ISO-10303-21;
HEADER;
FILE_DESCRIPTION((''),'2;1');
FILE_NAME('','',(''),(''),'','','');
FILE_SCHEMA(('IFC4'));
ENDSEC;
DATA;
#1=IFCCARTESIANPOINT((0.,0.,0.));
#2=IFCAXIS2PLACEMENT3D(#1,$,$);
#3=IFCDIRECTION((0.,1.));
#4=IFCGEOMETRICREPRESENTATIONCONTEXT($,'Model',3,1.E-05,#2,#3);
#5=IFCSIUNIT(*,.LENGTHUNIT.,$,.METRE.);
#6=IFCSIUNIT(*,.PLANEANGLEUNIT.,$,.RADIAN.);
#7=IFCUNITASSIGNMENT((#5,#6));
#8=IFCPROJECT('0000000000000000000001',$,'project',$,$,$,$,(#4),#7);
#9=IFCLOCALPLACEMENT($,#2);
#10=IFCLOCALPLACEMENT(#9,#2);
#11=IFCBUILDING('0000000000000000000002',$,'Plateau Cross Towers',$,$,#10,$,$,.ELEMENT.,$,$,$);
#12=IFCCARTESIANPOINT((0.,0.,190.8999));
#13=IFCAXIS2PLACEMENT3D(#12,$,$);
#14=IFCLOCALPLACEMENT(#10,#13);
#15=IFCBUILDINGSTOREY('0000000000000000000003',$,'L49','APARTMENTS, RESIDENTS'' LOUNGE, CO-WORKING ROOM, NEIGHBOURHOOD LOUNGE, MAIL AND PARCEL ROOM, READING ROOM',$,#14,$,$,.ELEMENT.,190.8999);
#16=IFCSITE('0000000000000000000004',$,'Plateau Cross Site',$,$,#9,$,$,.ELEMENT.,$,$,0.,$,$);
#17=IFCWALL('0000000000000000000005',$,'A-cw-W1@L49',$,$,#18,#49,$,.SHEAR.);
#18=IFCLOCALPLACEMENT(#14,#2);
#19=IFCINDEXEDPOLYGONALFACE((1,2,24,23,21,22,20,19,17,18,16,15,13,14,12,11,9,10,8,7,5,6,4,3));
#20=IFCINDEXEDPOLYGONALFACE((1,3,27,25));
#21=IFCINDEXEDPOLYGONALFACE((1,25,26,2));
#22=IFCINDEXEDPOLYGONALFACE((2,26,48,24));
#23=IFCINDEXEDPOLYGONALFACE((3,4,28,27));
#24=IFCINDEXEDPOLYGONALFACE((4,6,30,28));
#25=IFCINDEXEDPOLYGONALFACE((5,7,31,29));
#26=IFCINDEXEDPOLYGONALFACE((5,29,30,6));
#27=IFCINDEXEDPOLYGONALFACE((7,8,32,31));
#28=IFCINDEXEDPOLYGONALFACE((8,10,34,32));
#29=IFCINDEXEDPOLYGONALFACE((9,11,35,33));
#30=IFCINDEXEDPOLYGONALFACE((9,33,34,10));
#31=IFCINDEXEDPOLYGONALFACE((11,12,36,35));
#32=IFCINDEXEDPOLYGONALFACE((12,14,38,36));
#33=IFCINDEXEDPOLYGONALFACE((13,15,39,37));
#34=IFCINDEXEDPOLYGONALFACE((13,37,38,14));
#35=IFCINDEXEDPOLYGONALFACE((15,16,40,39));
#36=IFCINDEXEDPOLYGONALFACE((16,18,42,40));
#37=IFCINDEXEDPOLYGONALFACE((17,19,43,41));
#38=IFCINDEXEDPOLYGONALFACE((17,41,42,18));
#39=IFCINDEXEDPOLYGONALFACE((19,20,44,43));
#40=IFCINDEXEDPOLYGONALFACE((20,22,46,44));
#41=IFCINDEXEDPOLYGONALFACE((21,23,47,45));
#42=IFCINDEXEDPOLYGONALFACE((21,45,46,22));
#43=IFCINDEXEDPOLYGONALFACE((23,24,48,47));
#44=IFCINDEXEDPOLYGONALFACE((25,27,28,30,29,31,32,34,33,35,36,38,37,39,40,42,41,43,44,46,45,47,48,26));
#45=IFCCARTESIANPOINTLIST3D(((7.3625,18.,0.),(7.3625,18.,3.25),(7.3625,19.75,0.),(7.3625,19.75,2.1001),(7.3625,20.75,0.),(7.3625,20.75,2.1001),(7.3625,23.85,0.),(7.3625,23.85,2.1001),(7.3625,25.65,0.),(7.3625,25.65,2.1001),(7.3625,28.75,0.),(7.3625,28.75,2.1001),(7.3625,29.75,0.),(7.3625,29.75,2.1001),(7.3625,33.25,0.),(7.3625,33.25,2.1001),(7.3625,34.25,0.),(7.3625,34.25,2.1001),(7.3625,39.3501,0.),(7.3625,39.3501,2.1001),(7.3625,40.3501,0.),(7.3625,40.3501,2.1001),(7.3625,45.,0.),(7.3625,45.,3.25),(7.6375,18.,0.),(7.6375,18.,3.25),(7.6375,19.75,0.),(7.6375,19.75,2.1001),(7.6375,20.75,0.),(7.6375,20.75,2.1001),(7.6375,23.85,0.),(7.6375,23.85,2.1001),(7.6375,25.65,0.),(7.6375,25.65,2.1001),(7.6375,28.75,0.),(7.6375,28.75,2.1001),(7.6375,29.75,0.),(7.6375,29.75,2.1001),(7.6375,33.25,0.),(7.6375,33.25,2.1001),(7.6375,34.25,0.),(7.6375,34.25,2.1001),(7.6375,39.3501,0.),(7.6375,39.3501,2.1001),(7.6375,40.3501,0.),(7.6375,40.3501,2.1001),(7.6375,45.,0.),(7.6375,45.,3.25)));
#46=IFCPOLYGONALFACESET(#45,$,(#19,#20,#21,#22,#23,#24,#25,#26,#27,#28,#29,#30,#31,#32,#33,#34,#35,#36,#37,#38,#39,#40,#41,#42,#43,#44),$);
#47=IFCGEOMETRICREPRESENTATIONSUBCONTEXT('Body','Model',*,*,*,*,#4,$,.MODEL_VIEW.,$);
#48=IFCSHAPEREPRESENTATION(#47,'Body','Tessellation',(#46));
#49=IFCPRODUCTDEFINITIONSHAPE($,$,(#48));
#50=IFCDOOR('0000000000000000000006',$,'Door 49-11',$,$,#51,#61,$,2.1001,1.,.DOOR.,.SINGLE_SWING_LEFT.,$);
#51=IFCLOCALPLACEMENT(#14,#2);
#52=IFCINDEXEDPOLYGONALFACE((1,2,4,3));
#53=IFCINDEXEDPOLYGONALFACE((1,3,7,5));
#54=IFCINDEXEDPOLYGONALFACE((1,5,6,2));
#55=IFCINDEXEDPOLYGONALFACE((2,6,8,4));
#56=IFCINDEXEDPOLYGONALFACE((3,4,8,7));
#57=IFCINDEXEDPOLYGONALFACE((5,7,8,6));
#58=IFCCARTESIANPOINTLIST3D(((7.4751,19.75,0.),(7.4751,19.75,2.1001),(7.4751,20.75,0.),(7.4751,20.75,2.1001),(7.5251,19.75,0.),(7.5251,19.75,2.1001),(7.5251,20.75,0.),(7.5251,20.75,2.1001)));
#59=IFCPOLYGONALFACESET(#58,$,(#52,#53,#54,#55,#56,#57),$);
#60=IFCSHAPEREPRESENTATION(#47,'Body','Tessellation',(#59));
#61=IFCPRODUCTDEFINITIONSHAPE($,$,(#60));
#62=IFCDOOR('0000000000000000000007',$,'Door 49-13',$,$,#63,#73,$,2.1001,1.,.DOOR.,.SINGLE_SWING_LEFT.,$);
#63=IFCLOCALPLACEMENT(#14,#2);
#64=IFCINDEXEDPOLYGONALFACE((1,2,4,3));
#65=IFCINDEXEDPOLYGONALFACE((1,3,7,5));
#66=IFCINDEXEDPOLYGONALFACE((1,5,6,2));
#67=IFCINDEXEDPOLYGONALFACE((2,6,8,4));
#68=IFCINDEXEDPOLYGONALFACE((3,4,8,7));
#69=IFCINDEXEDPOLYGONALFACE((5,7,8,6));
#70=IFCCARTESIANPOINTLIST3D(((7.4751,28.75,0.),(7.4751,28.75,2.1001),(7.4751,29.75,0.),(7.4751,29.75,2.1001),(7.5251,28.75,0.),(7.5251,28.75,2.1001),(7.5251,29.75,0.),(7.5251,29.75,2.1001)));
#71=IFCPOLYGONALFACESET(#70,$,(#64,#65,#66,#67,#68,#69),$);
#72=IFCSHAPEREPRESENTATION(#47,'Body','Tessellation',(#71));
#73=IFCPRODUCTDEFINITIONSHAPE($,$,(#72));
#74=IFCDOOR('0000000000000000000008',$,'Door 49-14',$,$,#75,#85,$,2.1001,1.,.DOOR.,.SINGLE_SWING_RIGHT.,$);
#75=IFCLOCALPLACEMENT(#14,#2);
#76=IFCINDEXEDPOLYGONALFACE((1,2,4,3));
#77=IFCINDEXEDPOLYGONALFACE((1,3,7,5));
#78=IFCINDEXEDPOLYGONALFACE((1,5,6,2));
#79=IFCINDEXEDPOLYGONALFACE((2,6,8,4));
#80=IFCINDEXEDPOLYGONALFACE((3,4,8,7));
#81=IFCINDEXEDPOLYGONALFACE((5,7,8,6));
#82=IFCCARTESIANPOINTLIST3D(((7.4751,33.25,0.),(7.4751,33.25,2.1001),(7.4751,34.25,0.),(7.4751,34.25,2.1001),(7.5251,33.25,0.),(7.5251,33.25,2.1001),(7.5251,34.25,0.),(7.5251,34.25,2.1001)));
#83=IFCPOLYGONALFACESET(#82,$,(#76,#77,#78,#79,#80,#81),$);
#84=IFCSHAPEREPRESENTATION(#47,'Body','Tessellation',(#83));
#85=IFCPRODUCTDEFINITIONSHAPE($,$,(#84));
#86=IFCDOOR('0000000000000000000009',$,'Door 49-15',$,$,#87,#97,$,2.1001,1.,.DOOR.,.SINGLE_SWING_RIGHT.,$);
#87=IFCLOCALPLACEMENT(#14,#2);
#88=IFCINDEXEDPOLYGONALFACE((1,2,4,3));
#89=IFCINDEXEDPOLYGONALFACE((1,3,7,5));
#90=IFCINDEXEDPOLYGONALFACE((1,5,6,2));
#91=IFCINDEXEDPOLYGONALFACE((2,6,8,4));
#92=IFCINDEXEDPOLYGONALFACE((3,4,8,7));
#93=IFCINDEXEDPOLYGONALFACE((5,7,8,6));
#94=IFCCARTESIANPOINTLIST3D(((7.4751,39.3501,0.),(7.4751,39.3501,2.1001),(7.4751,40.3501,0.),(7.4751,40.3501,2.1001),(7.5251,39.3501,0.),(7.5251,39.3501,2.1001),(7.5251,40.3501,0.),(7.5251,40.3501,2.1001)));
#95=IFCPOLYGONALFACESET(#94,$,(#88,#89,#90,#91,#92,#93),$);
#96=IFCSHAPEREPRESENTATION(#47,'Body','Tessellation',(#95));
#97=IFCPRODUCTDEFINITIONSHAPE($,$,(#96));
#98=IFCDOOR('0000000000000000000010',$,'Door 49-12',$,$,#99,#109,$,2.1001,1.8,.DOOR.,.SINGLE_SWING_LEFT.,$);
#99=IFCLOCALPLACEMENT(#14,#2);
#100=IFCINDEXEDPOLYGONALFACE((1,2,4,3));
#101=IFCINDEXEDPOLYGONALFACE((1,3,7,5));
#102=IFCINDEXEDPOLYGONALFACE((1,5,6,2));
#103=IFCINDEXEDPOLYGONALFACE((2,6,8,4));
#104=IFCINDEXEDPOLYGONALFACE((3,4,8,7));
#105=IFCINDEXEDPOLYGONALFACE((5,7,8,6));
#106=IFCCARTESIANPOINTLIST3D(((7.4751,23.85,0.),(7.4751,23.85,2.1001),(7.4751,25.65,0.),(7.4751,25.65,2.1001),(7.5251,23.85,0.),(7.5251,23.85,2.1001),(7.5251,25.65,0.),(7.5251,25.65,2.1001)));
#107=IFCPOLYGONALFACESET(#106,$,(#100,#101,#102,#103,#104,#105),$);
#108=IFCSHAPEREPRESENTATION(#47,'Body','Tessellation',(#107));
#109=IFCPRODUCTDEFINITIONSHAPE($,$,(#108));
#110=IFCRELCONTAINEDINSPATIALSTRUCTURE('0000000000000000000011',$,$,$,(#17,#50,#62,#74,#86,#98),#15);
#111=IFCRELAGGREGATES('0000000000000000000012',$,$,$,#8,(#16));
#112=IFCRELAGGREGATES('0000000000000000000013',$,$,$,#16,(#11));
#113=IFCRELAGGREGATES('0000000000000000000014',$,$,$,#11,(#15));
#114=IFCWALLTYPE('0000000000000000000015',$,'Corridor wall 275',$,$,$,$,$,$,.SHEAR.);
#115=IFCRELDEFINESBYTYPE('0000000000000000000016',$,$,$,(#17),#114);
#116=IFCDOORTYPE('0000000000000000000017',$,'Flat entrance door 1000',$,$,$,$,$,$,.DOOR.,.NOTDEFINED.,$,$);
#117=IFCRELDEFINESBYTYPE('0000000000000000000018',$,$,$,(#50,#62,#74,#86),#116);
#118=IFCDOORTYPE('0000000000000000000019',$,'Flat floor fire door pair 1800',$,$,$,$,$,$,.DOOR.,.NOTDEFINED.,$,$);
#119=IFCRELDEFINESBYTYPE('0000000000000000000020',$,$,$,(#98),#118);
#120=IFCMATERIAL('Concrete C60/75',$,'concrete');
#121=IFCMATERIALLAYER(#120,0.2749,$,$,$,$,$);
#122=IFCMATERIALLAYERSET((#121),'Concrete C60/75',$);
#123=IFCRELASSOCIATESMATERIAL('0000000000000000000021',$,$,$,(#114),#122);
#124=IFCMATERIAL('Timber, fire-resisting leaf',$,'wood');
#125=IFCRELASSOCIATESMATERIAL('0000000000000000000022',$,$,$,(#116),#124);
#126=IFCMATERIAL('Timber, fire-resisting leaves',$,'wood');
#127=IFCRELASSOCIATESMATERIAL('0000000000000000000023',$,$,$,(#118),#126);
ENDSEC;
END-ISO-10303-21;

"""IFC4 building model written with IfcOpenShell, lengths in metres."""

from ifc_helpers import new_model, si_unit, direction, frame, frame_2d, origin, place, context, subcontext, project, spatial, rectangle, extrude, material, layer, layer_set, type_object, element, fill, save


model = new_model("IFC4")

# Units and contexts
model_context = context("Model", 3, precision=1e-05, world=origin(), true_north=direction((0.0, 1.0)))
body_context = subcontext(model_context, "Body", "Model", "MODEL_VIEW")
ifc_project = project(units=[si_unit("LENGTHUNIT", "METRE"), si_unit("PLANEANGLEUNIT", "RADIAN")], contexts=[model_context])

# Site, building, storey
site_placement = place(None, origin())
site = spatial("IfcSite", under=ifc_project, at=site_placement, Name="Plateau Cross Site", CompositionType="ELEMENT", RefElevation=0.0)
building_placement = place(site_placement, origin())
building = spatial("IfcBuilding", under=site, at=building_placement, Name="Plateau Cross Towers", CompositionType="ELEMENT")
storey_placement = place(building_placement, frame((0.0, 0.0, 190.8999)))
storey = spatial("IfcBuildingStorey", under=building, at=storey_placement, Name="L49", Description="APARTMENTS, RESIDENTS' LOUNGE, CO-WORKING ROOM, NEIGHBOURHOOD LOUNGE, MAIL AND PARCEL ROOM, READING ROOM", CompositionType="ELEMENT", Elevation=190.8999)

# Wall, openings, doors
ifc_material_1 = material(Name="Concrete C60/75", Category="concrete")
ifc_layer_1 = layer(ifc_material_1, 0.2749)
ifc_layer_set_1 = layer_set([ifc_layer_1], Name="Concrete C60/75")
wall_type_1 = type_object("IfcWallType", Name="Corridor wall 275", PredefinedType="SHEAR", material=ifc_layer_set_1)
wall_1_placement = place(storey_placement, frame((7.5, 18.0, 0.0), z_axis=(0.0, 0.0, 1.0), x_axis=(0.0, 1.0, 0.0)))
wall_1 = element("IfcWall", 1, at=wall_1_placement, inside=storey, type_object=wall_type_1, Name="A-cw-W1@L49", PredefinedType="SHEAR", context=body_context, shape_type="SweptSolid", body=[
    extrude(rectangle(XDim=27.0, YDim=0.2749, at=frame_2d((13.5, 0.0))), origin(), (0.0, 0.0, 1.0), 3.25),
])
opening_1_placement = place(wall_1_placement, frame((1.75, 0.0, 0.0)))
opening_1 = element("IfcOpeningElement", 2, at=opening_1_placement, cuts=wall_1, PredefinedType="OPENING", context=body_context, shape_type="SweptSolid", body=[
    extrude(rectangle(XDim=1.0, YDim=2.1001, at=frame_2d((0.5, 1.05))), frame((0.0, 0.1475, 0.0), z_axis=(0.0, -1.0, 0.0), x_axis=(1.0, 0.0, 0.0)), (0.0, 0.0, 1.0), 0.2949),
])
opening_2_placement = place(wall_1_placement, frame((5.8501, 0.0, 0.0)))
opening_2 = element("IfcOpeningElement", 3, at=opening_2_placement, cuts=wall_1, PredefinedType="OPENING", context=body_context, shape_type="SweptSolid", body=[
    extrude(rectangle(XDim=1.8, YDim=2.1001, at=frame_2d((0.8999, 1.05))), frame((0.0, 0.1475, 0.0), z_axis=(0.0, -1.0, 0.0), x_axis=(1.0, 0.0, 0.0)), (0.0, 0.0, 1.0), 0.2949),
])
opening_3_placement = place(wall_1_placement, frame((10.75, 0.0, 0.0)))
opening_3 = element("IfcOpeningElement", 4, at=opening_3_placement, cuts=wall_1, PredefinedType="OPENING", context=body_context, shape_type="SweptSolid", body=[
    extrude(rectangle(XDim=1.0, YDim=2.1001, at=frame_2d((0.5, 1.05))), frame((0.0, 0.1475, 0.0), z_axis=(0.0, -1.0, 0.0), x_axis=(1.0, 0.0, 0.0)), (0.0, 0.0, 1.0), 0.2949),
])
opening_4_placement = place(wall_1_placement, frame((15.25, 0.0, 0.0)))
opening_4 = element("IfcOpeningElement", 5, at=opening_4_placement, cuts=wall_1, PredefinedType="OPENING", context=body_context, shape_type="SweptSolid", body=[
    extrude(rectangle(XDim=1.0, YDim=2.1001, at=frame_2d((0.5, 1.05))), frame((0.0, 0.1475, 0.0), z_axis=(0.0, -1.0, 0.0), x_axis=(1.0, 0.0, 0.0)), (0.0, 0.0, 1.0), 0.2949),
])
opening_5_placement = place(wall_1_placement, frame((21.3501, 0.0, 0.0)))
opening_5 = element("IfcOpeningElement", 6, at=opening_5_placement, cuts=wall_1, PredefinedType="OPENING", context=body_context, shape_type="SweptSolid", body=[
    extrude(rectangle(XDim=1.0, YDim=2.1001, at=frame_2d((0.5, 1.05))), frame((0.0, 0.1475, 0.0), z_axis=(0.0, -1.0, 0.0), x_axis=(1.0, 0.0, 0.0)), (0.0, 0.0, 1.0), 0.2949),
])
ifc_material_2 = material(Name="Timber, fire-resisting leaf", Category="wood")
door_type_1 = type_object("IfcDoorType", Name="Flat entrance door 1000", OperationType="NOTDEFINED", PredefinedType="DOOR", material=ifc_material_2)
door_1_placement = place(opening_1_placement, origin())
door_1 = element("IfcDoor", 7, at=door_1_placement, inside=storey, type_object=door_type_1, Name="Door 49-11", OperationType="SINGLE_SWING_LEFT", OverallHeight=2.1001, OverallWidth=1.0, PredefinedType="DOOR", context=body_context, shape_type="SweptSolid", body=[
    extrude(rectangle(XDim=1.0, YDim=2.1001, at=frame_2d((0.5, 1.05))), frame((0.0, 0.0249, 0.0), z_axis=(0.0, -1.0, 0.0), x_axis=(1.0, 0.0, 0.0)), (0.0, 0.0, 1.0), 0.05),
])
fill(opening_1, door_1)
door_2_placement = place(opening_3_placement, origin())
door_2 = element("IfcDoor", 8, at=door_2_placement, inside=storey, type_object=door_type_1, Name="Door 49-13", OperationType="SINGLE_SWING_LEFT", OverallHeight=2.1001, OverallWidth=1.0, PredefinedType="DOOR", context=body_context, shape_type="SweptSolid", body=[
    extrude(rectangle(XDim=1.0, YDim=2.1001, at=frame_2d((0.5, 1.05))), frame((0.0, 0.0249, 0.0), z_axis=(0.0, -1.0, 0.0), x_axis=(1.0, 0.0, 0.0)), (0.0, 0.0, 1.0), 0.05),
])
fill(opening_3, door_2)
door_3_placement = place(opening_4_placement, origin())
door_3 = element("IfcDoor", 9, at=door_3_placement, inside=storey, type_object=door_type_1, Name="Door 49-14", OperationType="SINGLE_SWING_RIGHT", OverallHeight=2.1001, OverallWidth=1.0, PredefinedType="DOOR", context=body_context, shape_type="SweptSolid", body=[
    extrude(rectangle(XDim=1.0, YDim=2.1001, at=frame_2d((0.5, 1.05))), frame((0.0, 0.0249, 0.0), z_axis=(0.0, -1.0, 0.0), x_axis=(1.0, 0.0, 0.0)), (0.0, 0.0, 1.0), 0.05),
])
fill(opening_4, door_3)
door_4_placement = place(opening_5_placement, origin())
door_4 = element("IfcDoor", 10, at=door_4_placement, inside=storey, type_object=door_type_1, Name="Door 49-15", OperationType="SINGLE_SWING_RIGHT", OverallHeight=2.1001, OverallWidth=1.0, PredefinedType="DOOR", context=body_context, shape_type="SweptSolid", body=[
    extrude(rectangle(XDim=1.0, YDim=2.1001, at=frame_2d((0.5, 1.05))), frame((0.0, 0.0249, 0.0), z_axis=(0.0, -1.0, 0.0), x_axis=(1.0, 0.0, 0.0)), (0.0, 0.0, 1.0), 0.05),
])
fill(opening_5, door_4)
ifc_material_3 = material(Name="Timber, fire-resisting leaves", Category="wood")
door_type_2 = type_object("IfcDoorType", Name="Flat floor fire door pair 1800", OperationType="NOTDEFINED", PredefinedType="DOOR", material=ifc_material_3)
door_5_placement = place(opening_2_placement, origin())
door_5 = element("IfcDoor", 11, at=door_5_placement, inside=storey, type_object=door_type_2, Name="Door 49-12", OperationType="SINGLE_SWING_LEFT", OverallHeight=2.1001, OverallWidth=1.8, PredefinedType="DOOR", context=body_context, shape_type="SweptSolid", body=[
    extrude(rectangle(XDim=1.8, YDim=2.1001, at=frame_2d((0.8999, 1.05))), frame((0.0, 0.0249, 0.0), z_axis=(0.0, -1.0, 0.0), x_axis=(1.0, 0.0, 0.0)), (0.0, 0.0, 1.0), 0.05),
])
fill(opening_2, door_5)

save(model, "model.ifc")
